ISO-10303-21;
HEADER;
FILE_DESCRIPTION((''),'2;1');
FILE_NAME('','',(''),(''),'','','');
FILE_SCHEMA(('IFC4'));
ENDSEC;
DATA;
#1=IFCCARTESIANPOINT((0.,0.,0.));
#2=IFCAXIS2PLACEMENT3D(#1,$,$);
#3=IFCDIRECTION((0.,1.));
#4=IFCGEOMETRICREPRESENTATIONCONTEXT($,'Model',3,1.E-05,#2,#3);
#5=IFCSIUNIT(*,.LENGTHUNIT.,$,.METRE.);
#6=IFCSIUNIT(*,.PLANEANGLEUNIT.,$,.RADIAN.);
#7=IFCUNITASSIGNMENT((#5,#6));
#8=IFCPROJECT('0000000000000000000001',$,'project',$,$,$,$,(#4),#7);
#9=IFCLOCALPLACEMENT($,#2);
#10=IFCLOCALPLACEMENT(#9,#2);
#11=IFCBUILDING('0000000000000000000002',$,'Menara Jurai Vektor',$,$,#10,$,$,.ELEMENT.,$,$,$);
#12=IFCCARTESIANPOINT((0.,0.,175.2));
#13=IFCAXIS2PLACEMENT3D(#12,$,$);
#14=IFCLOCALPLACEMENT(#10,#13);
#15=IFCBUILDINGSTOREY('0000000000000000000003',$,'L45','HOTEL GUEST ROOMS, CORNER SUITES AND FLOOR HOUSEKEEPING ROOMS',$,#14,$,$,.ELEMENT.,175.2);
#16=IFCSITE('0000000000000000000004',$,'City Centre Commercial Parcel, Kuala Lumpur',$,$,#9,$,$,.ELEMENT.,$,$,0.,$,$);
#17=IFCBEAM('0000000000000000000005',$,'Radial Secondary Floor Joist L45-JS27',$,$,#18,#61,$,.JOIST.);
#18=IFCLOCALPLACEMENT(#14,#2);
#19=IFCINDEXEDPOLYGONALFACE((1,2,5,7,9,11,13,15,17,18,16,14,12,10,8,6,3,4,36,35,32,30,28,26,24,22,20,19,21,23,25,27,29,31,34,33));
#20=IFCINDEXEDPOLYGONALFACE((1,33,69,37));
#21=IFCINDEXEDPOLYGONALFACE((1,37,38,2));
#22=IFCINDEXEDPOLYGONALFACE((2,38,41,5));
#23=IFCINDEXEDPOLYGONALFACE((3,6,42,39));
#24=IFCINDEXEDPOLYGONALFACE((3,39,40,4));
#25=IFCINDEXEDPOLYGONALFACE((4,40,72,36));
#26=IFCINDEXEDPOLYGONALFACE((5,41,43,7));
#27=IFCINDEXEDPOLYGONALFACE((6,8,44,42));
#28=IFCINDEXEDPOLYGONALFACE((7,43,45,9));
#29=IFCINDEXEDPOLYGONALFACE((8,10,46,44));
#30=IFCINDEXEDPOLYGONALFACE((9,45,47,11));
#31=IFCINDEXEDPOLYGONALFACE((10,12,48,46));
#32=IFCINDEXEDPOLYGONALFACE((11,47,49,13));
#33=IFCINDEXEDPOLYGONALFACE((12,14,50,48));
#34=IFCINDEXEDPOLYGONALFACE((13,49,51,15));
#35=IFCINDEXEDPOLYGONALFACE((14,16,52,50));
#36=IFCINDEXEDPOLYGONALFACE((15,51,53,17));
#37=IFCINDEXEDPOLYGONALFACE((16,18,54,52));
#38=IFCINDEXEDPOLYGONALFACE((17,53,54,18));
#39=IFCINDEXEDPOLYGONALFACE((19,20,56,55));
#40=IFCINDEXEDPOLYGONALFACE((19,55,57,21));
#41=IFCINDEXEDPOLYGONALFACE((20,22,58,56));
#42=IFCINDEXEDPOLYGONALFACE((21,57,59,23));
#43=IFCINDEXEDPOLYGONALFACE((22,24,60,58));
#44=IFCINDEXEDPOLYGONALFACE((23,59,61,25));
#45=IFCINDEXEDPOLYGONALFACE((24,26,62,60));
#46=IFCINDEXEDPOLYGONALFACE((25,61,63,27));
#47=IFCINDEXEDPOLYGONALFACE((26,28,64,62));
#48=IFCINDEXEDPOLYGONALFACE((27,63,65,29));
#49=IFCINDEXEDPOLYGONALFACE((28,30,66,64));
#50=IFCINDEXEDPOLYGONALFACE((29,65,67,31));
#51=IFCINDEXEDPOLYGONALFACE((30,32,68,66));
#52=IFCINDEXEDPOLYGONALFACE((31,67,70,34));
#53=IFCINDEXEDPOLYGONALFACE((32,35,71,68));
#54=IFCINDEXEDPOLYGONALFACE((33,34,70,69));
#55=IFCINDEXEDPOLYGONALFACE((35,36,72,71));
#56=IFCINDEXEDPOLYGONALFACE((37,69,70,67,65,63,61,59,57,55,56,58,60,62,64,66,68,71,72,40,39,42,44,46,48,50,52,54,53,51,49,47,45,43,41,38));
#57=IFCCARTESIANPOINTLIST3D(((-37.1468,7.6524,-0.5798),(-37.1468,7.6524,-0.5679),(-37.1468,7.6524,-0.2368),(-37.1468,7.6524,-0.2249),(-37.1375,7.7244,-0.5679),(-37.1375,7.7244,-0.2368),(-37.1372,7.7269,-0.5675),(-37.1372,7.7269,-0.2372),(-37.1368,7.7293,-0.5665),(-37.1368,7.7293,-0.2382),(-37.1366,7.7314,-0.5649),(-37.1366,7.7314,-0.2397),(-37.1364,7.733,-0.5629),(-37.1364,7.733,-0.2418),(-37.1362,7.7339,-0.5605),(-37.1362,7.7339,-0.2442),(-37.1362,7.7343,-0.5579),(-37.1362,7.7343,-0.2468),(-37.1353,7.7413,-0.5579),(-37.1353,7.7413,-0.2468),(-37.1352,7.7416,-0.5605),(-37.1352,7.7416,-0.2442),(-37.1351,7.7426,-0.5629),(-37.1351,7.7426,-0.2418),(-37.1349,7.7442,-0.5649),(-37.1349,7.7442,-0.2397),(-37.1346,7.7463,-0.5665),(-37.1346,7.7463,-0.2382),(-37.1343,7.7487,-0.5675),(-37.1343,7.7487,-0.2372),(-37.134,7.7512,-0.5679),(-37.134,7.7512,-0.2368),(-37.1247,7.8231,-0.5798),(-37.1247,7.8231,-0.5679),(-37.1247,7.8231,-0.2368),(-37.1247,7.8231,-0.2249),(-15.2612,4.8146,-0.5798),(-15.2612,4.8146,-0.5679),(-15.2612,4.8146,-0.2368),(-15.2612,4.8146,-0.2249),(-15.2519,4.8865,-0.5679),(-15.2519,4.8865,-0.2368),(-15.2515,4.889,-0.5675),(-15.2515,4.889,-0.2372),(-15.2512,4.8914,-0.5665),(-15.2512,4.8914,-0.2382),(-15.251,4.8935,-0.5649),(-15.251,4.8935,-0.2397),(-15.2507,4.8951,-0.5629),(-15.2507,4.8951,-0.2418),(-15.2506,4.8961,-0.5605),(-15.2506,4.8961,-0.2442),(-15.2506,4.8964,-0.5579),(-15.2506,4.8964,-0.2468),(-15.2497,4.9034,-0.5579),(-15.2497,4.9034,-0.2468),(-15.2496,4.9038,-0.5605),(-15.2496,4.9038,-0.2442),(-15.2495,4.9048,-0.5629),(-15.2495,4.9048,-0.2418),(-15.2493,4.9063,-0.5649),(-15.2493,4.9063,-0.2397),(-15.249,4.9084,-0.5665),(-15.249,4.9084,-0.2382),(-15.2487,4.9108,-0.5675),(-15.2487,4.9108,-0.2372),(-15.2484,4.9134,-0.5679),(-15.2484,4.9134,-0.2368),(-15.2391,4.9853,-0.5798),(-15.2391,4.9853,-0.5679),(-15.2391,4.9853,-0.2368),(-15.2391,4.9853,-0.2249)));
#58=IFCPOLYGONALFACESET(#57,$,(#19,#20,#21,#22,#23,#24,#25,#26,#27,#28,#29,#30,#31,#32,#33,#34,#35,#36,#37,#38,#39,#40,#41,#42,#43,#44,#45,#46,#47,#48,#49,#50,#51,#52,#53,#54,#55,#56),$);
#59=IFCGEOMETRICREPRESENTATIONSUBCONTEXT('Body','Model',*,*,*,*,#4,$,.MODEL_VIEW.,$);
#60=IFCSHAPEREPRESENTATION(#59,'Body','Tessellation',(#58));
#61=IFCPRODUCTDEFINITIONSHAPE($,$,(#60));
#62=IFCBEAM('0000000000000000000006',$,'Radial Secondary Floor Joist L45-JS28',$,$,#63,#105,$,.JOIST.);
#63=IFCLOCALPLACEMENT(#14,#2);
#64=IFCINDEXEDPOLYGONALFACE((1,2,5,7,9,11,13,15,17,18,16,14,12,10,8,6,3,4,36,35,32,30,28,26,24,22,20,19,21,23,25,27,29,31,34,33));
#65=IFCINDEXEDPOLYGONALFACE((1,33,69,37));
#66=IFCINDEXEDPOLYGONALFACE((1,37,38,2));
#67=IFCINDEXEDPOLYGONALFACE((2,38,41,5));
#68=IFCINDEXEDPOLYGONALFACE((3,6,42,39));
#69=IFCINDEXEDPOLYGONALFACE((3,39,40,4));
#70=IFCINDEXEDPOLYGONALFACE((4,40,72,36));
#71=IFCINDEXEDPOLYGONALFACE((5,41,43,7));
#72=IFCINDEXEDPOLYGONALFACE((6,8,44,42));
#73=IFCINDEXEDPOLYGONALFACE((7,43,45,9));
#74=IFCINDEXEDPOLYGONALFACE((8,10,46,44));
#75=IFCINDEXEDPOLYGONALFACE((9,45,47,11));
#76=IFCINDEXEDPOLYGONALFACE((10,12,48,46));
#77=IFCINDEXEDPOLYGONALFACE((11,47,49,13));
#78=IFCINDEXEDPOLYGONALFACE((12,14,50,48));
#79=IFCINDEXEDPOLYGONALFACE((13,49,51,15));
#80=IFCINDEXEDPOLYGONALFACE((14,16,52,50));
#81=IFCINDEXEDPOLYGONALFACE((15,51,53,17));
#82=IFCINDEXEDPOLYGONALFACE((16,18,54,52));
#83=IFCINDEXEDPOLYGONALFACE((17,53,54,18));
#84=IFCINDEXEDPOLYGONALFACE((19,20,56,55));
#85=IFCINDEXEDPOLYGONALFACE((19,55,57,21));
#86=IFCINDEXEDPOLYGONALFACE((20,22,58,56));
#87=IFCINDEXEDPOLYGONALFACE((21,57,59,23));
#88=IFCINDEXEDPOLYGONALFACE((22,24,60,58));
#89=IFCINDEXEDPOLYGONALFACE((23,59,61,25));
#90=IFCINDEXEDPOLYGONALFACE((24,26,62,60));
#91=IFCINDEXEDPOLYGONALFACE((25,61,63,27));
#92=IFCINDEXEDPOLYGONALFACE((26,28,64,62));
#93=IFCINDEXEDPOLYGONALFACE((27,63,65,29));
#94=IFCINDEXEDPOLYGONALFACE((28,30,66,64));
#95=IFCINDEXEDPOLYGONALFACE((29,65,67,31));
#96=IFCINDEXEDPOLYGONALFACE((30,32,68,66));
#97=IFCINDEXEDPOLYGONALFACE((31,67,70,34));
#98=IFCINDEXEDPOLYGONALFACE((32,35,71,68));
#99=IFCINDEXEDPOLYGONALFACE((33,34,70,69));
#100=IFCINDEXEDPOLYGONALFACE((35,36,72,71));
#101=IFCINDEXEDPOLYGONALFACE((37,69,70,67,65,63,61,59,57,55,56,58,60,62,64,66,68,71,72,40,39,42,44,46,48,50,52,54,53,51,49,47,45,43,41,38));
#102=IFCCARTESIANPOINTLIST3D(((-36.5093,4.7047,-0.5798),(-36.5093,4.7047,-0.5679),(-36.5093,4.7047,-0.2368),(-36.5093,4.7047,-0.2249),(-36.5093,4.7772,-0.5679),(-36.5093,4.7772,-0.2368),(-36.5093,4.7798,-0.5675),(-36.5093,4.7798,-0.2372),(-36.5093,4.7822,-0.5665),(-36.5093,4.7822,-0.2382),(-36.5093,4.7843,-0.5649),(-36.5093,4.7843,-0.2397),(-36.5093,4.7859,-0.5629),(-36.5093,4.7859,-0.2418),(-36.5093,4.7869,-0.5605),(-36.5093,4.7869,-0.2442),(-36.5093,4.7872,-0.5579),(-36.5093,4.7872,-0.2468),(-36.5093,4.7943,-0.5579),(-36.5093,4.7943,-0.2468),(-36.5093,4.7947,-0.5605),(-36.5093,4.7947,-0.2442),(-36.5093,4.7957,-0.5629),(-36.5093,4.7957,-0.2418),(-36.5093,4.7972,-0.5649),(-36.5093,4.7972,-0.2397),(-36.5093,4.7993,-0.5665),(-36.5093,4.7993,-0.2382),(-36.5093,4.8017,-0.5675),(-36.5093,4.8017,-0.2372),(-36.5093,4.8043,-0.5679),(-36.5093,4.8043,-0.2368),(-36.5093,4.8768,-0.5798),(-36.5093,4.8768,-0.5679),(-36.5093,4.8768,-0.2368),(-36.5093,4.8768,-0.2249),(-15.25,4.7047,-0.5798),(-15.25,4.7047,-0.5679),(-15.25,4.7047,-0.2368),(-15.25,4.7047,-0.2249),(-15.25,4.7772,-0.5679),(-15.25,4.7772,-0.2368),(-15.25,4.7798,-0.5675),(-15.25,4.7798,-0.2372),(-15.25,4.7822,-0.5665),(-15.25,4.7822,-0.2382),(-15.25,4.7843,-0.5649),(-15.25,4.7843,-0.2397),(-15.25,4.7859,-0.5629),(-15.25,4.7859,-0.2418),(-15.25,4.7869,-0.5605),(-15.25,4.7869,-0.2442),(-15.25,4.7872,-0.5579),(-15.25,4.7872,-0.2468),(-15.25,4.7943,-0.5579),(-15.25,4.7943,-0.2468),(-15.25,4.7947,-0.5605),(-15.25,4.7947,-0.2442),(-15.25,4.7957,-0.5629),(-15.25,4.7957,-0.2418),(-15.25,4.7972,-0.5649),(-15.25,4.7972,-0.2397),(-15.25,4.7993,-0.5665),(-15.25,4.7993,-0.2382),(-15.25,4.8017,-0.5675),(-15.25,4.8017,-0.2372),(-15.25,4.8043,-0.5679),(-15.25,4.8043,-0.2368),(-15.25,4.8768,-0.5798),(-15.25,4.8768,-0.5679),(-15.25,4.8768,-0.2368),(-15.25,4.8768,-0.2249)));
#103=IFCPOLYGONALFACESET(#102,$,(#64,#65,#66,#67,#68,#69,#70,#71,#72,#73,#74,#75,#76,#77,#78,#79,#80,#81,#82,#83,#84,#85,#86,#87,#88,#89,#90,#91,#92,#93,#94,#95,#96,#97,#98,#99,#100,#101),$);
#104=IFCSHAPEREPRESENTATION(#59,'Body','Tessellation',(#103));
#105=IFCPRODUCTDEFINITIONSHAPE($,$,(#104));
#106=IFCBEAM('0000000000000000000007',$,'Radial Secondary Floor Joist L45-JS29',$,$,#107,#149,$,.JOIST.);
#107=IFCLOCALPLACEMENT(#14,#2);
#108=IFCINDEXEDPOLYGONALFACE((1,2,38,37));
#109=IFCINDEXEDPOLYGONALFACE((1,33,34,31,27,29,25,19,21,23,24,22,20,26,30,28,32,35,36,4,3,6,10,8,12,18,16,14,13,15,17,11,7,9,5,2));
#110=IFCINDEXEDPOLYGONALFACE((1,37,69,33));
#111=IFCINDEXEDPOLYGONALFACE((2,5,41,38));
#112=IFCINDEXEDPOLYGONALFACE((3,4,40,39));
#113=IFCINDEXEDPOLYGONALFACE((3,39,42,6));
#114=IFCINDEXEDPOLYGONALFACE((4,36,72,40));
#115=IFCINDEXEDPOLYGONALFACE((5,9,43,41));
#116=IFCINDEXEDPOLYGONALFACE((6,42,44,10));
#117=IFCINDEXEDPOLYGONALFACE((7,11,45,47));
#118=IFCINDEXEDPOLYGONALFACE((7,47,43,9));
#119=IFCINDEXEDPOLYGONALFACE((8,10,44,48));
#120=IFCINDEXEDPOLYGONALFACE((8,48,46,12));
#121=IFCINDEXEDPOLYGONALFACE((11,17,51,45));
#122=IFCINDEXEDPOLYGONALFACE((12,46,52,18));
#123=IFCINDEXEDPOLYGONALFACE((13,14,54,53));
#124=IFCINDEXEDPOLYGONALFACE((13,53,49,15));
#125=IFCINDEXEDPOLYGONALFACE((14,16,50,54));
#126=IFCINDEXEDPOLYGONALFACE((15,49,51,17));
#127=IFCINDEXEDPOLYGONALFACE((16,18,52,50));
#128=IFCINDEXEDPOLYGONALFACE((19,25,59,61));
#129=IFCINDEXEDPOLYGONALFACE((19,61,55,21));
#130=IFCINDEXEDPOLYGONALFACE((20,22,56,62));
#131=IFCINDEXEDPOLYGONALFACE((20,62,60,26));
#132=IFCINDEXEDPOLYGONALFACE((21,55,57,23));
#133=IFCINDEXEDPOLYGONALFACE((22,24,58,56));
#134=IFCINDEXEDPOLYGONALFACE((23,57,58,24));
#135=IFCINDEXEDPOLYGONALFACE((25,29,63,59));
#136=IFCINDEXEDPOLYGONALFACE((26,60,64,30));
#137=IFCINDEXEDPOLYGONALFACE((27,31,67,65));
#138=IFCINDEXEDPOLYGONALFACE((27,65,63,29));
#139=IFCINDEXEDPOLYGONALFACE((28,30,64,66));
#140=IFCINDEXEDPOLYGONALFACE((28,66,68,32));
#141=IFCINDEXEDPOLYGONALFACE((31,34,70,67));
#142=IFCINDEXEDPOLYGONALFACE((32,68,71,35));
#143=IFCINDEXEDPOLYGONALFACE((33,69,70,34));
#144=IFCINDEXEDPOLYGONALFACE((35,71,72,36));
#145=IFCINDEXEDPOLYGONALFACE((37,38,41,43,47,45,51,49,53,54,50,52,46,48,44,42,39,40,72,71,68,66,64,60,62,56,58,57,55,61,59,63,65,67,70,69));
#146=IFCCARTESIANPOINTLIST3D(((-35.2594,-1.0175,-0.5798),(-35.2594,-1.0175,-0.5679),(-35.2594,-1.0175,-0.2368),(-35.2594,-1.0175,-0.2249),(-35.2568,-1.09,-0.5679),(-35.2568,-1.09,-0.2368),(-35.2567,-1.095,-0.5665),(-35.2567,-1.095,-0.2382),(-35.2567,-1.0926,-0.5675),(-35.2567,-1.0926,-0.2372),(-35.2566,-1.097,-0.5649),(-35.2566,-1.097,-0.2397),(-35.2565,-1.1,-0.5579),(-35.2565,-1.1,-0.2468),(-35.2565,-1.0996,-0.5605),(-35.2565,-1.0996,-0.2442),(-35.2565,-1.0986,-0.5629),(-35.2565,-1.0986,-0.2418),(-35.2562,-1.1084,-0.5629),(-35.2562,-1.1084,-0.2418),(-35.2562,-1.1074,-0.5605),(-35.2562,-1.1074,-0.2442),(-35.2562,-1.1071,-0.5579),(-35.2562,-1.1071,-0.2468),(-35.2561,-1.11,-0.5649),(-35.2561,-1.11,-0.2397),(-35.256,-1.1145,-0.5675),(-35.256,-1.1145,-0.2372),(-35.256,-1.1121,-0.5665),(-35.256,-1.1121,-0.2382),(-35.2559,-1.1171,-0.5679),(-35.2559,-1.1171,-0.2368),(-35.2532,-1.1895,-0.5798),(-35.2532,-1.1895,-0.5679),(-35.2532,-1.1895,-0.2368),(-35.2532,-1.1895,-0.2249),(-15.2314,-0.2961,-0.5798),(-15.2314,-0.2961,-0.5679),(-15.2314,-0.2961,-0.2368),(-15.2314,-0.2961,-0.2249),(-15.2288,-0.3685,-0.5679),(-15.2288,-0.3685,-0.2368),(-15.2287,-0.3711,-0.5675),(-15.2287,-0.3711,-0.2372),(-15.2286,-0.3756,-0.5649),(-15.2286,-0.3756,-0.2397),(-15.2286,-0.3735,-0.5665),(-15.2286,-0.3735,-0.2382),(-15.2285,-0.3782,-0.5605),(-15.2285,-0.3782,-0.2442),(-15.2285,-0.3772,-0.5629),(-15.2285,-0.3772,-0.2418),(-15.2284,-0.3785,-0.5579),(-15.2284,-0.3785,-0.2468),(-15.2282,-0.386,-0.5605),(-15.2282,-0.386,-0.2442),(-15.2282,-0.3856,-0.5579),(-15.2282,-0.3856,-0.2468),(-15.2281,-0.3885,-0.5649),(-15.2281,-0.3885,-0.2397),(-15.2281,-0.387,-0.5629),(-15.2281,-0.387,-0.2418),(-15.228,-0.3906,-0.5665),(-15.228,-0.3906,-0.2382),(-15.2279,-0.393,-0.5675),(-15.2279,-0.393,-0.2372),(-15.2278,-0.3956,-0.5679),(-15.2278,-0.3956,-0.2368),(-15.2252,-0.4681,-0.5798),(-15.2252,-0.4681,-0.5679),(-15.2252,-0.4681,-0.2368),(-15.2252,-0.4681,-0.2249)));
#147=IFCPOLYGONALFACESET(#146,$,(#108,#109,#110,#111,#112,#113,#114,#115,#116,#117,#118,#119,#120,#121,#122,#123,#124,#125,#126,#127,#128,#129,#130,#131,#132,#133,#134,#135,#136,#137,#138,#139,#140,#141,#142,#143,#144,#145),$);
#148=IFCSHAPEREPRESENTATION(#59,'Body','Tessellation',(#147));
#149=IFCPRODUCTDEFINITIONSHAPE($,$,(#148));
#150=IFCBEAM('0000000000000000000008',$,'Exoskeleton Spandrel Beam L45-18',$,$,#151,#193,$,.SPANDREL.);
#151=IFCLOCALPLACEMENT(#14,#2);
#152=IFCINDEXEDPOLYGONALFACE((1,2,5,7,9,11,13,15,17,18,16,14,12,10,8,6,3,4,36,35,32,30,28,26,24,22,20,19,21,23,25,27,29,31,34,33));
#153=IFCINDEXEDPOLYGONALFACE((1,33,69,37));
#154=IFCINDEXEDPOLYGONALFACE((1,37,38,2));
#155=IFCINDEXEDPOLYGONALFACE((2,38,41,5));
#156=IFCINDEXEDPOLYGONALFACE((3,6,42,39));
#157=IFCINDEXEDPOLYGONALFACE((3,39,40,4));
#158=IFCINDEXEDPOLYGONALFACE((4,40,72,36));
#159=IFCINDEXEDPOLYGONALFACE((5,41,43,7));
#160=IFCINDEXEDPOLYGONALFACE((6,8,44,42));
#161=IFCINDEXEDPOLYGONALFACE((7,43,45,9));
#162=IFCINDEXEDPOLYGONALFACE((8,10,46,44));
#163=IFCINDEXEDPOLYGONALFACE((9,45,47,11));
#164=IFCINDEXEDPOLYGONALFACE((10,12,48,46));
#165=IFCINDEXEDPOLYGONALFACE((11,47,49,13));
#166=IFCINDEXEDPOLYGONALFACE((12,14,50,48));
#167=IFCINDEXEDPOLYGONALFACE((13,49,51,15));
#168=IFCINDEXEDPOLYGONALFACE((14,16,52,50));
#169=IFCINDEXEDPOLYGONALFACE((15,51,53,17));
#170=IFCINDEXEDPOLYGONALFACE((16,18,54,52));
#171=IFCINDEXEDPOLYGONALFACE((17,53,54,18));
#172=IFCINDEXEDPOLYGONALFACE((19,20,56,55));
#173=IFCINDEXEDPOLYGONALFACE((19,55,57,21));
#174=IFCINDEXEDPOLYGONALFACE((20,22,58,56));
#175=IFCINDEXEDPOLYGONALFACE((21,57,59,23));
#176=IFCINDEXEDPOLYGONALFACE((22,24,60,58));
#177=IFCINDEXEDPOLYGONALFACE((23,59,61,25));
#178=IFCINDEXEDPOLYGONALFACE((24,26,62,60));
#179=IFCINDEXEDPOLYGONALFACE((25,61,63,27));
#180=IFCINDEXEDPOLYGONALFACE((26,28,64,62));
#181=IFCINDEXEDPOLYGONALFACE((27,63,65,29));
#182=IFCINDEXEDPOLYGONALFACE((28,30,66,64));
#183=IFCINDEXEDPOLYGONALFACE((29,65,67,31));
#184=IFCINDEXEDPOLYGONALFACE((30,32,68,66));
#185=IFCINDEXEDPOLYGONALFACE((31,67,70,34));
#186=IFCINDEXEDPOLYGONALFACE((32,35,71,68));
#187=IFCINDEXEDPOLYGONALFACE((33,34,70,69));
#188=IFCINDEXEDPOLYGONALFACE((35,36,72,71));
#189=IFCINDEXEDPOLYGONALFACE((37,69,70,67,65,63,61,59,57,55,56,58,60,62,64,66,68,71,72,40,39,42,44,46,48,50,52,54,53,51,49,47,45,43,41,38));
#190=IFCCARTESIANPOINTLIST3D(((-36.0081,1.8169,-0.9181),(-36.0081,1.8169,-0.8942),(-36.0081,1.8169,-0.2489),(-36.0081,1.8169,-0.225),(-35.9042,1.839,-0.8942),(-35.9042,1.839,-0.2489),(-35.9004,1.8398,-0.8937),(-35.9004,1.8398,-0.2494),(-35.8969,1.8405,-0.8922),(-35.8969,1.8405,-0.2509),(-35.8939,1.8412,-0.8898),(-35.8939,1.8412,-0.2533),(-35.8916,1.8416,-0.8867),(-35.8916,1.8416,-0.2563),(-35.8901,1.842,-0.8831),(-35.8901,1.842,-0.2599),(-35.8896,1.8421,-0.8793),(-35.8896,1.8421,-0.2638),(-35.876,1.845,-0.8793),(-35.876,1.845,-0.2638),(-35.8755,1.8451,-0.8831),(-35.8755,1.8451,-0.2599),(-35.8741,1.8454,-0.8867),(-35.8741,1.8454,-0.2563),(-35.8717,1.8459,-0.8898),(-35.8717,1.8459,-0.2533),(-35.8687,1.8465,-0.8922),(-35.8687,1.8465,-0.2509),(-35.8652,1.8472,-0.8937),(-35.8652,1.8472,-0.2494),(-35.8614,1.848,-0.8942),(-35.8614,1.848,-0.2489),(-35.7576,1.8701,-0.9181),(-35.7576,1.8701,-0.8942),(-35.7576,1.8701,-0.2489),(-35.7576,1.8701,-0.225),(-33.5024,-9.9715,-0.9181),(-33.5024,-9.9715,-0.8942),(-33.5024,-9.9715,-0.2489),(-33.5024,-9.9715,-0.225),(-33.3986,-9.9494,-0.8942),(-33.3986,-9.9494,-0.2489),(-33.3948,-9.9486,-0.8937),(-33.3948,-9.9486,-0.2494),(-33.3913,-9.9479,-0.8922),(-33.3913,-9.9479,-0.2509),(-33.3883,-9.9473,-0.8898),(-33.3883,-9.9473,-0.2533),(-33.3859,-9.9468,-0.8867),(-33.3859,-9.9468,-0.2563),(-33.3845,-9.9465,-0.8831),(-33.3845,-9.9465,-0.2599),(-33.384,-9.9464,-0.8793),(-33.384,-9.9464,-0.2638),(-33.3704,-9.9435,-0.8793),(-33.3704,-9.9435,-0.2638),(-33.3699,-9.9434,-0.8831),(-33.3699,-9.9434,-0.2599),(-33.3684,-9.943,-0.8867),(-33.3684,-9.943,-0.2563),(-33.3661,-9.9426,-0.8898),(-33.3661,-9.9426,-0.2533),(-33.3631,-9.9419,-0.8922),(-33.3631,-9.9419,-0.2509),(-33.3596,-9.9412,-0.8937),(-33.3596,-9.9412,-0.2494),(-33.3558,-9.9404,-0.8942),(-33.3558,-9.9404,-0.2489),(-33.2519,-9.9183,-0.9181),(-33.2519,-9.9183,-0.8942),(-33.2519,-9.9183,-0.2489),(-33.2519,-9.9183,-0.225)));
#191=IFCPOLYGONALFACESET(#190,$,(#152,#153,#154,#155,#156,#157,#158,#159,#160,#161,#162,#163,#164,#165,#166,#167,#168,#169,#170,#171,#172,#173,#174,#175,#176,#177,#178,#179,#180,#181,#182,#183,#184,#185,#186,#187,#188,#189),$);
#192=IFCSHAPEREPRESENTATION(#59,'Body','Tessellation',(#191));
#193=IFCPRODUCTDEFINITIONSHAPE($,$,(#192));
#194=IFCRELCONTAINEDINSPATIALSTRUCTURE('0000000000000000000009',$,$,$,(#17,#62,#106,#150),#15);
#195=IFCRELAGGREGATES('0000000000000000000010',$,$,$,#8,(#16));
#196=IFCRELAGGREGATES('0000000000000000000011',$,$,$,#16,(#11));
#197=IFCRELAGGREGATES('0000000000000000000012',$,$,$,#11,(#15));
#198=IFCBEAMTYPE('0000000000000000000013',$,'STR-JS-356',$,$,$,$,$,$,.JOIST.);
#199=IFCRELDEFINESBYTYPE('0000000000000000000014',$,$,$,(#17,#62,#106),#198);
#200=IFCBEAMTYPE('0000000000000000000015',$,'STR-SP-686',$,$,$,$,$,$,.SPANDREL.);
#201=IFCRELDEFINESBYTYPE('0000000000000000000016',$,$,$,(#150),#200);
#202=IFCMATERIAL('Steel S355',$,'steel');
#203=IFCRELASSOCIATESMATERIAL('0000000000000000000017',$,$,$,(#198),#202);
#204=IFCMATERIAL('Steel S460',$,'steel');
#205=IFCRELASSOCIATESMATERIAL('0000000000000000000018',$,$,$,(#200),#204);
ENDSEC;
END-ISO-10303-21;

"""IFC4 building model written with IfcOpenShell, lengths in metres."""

from ifc_helpers import new_model, si_unit, direction, frame, origin, origin_2d, place, context, subcontext, project, spatial, i_section, extrude, material, material_profile, profile_set, type_object, element, save


model = new_model("IFC4")

# Units and contexts
model_context = context("Model", 3, precision=1e-05, world=origin(), true_north=direction((0.0, 1.0)))
body_context = subcontext(model_context, "Body", "Model", "MODEL_VIEW")
ifc_project = project(units=[si_unit("LENGTHUNIT", "METRE"), si_unit("PLANEANGLEUNIT", "RADIAN")], contexts=[model_context])

# Site, building, storey
site_placement = place(None, origin())
site = spatial("IfcSite", under=ifc_project, at=site_placement, Name="City Centre Commercial Parcel, Kuala Lumpur", CompositionType="ELEMENT", RefElevation=0.0)
building_placement = place(site_placement, origin())
building = spatial("IfcBuilding", under=site, at=building_placement, Name="Menara Jurai Vektor", CompositionType="ELEMENT")
storey_placement = place(building_placement, frame((0.0, 0.0, 175.2)))
storey = spatial("IfcBuildingStorey", under=building, at=storey_placement, Name="L45", Description="HOTEL GUEST ROOMS, CORNER SUITES AND FLOOR HOUSEKEEPING ROOMS", CompositionType="ELEMENT", Elevation=175.2)

# Shared definitions
ifc_material_1 = material(Name="Steel S460", Category="steel")

# Beams
ifc_material_2 = material(Name="Steel S355", Category="steel")
ifc_material_profile_1 = material_profile(ifc_material_2, i_section(OverallWidth=0.1721, OverallDepth=0.355, WebThickness=0.0071, FlangeThickness=0.012, FilletRadius=0.01, at=origin_2d()), Name="UKB 356x171x51")
ifc_profile_set_1 = profile_set([ifc_material_profile_1], Name="Steel S355")
beam_type_1 = type_object("IfcBeamType", Name="STR-JS-356", PredefinedType="JOIST", material=ifc_profile_set_1)
beam_1_placement = place(storey_placement, frame((-37.1357, 7.7378, -0.4023), z_axis=(0.991698, -0.128592, 0.0), x_axis=(0.128592, 0.991698, 0.0)))
element("IfcBeam", 1, at=beam_1_placement, inside=storey, type_object=beam_type_1, Name="Radial Secondary Floor Joist L45-JS27", PredefinedType="JOIST", context=body_context, shape_type="SweptSolid", body=[
    extrude(i_section(OverallWidth=0.1721, OverallDepth=0.355, WebThickness=0.0071, FlangeThickness=0.012, FilletRadius=0.01, at=origin_2d()), origin(), (0.0, 0.0, 1.0), 22.0688),
])
beam_2_placement = place(storey_placement, frame((-36.5093, 4.7908, -0.4023), z_axis=(1.0, 0.0, 0.0), x_axis=(0.0, 1.0, 0.0)))
element("IfcBeam", 2, at=beam_2_placement, inside=storey, type_object=beam_type_1, Name="Radial Secondary Floor Joist L45-JS28", PredefinedType="JOIST", context=body_context, shape_type="SweptSolid", body=[
    extrude(i_section(OverallWidth=0.1721, OverallDepth=0.355, WebThickness=0.0071, FlangeThickness=0.012, FilletRadius=0.01, at=origin_2d()), origin(), (0.0, 0.0, 1.0), 21.2593),
])
beam_3_placement = place(storey_placement, frame((-35.2563, -1.1035, -0.4023), z_axis=(0.999352, 0.035998, 0.0), x_axis=(-0.035998, 0.999352, 0.0)))
element("IfcBeam", 3, at=beam_3_placement, inside=storey, type_object=beam_type_1, Name="Radial Secondary Floor Joist L45-JS29", PredefinedType="JOIST", context=body_context, shape_type="SweptSolid", body=[
    extrude(i_section(OverallWidth=0.1721, OverallDepth=0.355, WebThickness=0.0071, FlangeThickness=0.012, FilletRadius=0.01, at=origin_2d()), origin(), (0.0, 0.0, 1.0), 20.041),
])
ifc_material_profile_2 = material_profile(ifc_material_1, i_section(OverallWidth=0.2561, OverallDepth=0.6931, WebThickness=0.0139, FlangeThickness=0.0239, FilletRadius=0.0149, at=origin_2d()), Name="UKB 686x254x170")
ifc_profile_set_2 = profile_set([ifc_material_profile_2], Name="Steel S460")
beam_type_2 = type_object("IfcBeamType", Name="STR-SP-686", PredefinedType="SPANDREL", material=ifc_profile_set_2)
beam_4_placement = place(storey_placement, frame((-35.8828, 1.8435, -0.5715), z_axis=(0.207906, -0.978149, 0.0), x_axis=(0.978149, 0.207906, 0.0)))
element("IfcBeam", 4, at=beam_4_placement, inside=storey, type_object=beam_type_2, Name="Exoskeleton Spandrel Beam L45-18", PredefinedType="SPANDREL", context=body_context, shape_type="SweptSolid", body=[
    extrude(i_section(OverallWidth=0.2561, OverallDepth=0.6931, WebThickness=0.0139, FlangeThickness=0.0239, FilletRadius=0.0149, at=origin_2d()), origin(), (0.0, 0.0, 1.0), 12.0518),
])

save(model, "model.ifc")
